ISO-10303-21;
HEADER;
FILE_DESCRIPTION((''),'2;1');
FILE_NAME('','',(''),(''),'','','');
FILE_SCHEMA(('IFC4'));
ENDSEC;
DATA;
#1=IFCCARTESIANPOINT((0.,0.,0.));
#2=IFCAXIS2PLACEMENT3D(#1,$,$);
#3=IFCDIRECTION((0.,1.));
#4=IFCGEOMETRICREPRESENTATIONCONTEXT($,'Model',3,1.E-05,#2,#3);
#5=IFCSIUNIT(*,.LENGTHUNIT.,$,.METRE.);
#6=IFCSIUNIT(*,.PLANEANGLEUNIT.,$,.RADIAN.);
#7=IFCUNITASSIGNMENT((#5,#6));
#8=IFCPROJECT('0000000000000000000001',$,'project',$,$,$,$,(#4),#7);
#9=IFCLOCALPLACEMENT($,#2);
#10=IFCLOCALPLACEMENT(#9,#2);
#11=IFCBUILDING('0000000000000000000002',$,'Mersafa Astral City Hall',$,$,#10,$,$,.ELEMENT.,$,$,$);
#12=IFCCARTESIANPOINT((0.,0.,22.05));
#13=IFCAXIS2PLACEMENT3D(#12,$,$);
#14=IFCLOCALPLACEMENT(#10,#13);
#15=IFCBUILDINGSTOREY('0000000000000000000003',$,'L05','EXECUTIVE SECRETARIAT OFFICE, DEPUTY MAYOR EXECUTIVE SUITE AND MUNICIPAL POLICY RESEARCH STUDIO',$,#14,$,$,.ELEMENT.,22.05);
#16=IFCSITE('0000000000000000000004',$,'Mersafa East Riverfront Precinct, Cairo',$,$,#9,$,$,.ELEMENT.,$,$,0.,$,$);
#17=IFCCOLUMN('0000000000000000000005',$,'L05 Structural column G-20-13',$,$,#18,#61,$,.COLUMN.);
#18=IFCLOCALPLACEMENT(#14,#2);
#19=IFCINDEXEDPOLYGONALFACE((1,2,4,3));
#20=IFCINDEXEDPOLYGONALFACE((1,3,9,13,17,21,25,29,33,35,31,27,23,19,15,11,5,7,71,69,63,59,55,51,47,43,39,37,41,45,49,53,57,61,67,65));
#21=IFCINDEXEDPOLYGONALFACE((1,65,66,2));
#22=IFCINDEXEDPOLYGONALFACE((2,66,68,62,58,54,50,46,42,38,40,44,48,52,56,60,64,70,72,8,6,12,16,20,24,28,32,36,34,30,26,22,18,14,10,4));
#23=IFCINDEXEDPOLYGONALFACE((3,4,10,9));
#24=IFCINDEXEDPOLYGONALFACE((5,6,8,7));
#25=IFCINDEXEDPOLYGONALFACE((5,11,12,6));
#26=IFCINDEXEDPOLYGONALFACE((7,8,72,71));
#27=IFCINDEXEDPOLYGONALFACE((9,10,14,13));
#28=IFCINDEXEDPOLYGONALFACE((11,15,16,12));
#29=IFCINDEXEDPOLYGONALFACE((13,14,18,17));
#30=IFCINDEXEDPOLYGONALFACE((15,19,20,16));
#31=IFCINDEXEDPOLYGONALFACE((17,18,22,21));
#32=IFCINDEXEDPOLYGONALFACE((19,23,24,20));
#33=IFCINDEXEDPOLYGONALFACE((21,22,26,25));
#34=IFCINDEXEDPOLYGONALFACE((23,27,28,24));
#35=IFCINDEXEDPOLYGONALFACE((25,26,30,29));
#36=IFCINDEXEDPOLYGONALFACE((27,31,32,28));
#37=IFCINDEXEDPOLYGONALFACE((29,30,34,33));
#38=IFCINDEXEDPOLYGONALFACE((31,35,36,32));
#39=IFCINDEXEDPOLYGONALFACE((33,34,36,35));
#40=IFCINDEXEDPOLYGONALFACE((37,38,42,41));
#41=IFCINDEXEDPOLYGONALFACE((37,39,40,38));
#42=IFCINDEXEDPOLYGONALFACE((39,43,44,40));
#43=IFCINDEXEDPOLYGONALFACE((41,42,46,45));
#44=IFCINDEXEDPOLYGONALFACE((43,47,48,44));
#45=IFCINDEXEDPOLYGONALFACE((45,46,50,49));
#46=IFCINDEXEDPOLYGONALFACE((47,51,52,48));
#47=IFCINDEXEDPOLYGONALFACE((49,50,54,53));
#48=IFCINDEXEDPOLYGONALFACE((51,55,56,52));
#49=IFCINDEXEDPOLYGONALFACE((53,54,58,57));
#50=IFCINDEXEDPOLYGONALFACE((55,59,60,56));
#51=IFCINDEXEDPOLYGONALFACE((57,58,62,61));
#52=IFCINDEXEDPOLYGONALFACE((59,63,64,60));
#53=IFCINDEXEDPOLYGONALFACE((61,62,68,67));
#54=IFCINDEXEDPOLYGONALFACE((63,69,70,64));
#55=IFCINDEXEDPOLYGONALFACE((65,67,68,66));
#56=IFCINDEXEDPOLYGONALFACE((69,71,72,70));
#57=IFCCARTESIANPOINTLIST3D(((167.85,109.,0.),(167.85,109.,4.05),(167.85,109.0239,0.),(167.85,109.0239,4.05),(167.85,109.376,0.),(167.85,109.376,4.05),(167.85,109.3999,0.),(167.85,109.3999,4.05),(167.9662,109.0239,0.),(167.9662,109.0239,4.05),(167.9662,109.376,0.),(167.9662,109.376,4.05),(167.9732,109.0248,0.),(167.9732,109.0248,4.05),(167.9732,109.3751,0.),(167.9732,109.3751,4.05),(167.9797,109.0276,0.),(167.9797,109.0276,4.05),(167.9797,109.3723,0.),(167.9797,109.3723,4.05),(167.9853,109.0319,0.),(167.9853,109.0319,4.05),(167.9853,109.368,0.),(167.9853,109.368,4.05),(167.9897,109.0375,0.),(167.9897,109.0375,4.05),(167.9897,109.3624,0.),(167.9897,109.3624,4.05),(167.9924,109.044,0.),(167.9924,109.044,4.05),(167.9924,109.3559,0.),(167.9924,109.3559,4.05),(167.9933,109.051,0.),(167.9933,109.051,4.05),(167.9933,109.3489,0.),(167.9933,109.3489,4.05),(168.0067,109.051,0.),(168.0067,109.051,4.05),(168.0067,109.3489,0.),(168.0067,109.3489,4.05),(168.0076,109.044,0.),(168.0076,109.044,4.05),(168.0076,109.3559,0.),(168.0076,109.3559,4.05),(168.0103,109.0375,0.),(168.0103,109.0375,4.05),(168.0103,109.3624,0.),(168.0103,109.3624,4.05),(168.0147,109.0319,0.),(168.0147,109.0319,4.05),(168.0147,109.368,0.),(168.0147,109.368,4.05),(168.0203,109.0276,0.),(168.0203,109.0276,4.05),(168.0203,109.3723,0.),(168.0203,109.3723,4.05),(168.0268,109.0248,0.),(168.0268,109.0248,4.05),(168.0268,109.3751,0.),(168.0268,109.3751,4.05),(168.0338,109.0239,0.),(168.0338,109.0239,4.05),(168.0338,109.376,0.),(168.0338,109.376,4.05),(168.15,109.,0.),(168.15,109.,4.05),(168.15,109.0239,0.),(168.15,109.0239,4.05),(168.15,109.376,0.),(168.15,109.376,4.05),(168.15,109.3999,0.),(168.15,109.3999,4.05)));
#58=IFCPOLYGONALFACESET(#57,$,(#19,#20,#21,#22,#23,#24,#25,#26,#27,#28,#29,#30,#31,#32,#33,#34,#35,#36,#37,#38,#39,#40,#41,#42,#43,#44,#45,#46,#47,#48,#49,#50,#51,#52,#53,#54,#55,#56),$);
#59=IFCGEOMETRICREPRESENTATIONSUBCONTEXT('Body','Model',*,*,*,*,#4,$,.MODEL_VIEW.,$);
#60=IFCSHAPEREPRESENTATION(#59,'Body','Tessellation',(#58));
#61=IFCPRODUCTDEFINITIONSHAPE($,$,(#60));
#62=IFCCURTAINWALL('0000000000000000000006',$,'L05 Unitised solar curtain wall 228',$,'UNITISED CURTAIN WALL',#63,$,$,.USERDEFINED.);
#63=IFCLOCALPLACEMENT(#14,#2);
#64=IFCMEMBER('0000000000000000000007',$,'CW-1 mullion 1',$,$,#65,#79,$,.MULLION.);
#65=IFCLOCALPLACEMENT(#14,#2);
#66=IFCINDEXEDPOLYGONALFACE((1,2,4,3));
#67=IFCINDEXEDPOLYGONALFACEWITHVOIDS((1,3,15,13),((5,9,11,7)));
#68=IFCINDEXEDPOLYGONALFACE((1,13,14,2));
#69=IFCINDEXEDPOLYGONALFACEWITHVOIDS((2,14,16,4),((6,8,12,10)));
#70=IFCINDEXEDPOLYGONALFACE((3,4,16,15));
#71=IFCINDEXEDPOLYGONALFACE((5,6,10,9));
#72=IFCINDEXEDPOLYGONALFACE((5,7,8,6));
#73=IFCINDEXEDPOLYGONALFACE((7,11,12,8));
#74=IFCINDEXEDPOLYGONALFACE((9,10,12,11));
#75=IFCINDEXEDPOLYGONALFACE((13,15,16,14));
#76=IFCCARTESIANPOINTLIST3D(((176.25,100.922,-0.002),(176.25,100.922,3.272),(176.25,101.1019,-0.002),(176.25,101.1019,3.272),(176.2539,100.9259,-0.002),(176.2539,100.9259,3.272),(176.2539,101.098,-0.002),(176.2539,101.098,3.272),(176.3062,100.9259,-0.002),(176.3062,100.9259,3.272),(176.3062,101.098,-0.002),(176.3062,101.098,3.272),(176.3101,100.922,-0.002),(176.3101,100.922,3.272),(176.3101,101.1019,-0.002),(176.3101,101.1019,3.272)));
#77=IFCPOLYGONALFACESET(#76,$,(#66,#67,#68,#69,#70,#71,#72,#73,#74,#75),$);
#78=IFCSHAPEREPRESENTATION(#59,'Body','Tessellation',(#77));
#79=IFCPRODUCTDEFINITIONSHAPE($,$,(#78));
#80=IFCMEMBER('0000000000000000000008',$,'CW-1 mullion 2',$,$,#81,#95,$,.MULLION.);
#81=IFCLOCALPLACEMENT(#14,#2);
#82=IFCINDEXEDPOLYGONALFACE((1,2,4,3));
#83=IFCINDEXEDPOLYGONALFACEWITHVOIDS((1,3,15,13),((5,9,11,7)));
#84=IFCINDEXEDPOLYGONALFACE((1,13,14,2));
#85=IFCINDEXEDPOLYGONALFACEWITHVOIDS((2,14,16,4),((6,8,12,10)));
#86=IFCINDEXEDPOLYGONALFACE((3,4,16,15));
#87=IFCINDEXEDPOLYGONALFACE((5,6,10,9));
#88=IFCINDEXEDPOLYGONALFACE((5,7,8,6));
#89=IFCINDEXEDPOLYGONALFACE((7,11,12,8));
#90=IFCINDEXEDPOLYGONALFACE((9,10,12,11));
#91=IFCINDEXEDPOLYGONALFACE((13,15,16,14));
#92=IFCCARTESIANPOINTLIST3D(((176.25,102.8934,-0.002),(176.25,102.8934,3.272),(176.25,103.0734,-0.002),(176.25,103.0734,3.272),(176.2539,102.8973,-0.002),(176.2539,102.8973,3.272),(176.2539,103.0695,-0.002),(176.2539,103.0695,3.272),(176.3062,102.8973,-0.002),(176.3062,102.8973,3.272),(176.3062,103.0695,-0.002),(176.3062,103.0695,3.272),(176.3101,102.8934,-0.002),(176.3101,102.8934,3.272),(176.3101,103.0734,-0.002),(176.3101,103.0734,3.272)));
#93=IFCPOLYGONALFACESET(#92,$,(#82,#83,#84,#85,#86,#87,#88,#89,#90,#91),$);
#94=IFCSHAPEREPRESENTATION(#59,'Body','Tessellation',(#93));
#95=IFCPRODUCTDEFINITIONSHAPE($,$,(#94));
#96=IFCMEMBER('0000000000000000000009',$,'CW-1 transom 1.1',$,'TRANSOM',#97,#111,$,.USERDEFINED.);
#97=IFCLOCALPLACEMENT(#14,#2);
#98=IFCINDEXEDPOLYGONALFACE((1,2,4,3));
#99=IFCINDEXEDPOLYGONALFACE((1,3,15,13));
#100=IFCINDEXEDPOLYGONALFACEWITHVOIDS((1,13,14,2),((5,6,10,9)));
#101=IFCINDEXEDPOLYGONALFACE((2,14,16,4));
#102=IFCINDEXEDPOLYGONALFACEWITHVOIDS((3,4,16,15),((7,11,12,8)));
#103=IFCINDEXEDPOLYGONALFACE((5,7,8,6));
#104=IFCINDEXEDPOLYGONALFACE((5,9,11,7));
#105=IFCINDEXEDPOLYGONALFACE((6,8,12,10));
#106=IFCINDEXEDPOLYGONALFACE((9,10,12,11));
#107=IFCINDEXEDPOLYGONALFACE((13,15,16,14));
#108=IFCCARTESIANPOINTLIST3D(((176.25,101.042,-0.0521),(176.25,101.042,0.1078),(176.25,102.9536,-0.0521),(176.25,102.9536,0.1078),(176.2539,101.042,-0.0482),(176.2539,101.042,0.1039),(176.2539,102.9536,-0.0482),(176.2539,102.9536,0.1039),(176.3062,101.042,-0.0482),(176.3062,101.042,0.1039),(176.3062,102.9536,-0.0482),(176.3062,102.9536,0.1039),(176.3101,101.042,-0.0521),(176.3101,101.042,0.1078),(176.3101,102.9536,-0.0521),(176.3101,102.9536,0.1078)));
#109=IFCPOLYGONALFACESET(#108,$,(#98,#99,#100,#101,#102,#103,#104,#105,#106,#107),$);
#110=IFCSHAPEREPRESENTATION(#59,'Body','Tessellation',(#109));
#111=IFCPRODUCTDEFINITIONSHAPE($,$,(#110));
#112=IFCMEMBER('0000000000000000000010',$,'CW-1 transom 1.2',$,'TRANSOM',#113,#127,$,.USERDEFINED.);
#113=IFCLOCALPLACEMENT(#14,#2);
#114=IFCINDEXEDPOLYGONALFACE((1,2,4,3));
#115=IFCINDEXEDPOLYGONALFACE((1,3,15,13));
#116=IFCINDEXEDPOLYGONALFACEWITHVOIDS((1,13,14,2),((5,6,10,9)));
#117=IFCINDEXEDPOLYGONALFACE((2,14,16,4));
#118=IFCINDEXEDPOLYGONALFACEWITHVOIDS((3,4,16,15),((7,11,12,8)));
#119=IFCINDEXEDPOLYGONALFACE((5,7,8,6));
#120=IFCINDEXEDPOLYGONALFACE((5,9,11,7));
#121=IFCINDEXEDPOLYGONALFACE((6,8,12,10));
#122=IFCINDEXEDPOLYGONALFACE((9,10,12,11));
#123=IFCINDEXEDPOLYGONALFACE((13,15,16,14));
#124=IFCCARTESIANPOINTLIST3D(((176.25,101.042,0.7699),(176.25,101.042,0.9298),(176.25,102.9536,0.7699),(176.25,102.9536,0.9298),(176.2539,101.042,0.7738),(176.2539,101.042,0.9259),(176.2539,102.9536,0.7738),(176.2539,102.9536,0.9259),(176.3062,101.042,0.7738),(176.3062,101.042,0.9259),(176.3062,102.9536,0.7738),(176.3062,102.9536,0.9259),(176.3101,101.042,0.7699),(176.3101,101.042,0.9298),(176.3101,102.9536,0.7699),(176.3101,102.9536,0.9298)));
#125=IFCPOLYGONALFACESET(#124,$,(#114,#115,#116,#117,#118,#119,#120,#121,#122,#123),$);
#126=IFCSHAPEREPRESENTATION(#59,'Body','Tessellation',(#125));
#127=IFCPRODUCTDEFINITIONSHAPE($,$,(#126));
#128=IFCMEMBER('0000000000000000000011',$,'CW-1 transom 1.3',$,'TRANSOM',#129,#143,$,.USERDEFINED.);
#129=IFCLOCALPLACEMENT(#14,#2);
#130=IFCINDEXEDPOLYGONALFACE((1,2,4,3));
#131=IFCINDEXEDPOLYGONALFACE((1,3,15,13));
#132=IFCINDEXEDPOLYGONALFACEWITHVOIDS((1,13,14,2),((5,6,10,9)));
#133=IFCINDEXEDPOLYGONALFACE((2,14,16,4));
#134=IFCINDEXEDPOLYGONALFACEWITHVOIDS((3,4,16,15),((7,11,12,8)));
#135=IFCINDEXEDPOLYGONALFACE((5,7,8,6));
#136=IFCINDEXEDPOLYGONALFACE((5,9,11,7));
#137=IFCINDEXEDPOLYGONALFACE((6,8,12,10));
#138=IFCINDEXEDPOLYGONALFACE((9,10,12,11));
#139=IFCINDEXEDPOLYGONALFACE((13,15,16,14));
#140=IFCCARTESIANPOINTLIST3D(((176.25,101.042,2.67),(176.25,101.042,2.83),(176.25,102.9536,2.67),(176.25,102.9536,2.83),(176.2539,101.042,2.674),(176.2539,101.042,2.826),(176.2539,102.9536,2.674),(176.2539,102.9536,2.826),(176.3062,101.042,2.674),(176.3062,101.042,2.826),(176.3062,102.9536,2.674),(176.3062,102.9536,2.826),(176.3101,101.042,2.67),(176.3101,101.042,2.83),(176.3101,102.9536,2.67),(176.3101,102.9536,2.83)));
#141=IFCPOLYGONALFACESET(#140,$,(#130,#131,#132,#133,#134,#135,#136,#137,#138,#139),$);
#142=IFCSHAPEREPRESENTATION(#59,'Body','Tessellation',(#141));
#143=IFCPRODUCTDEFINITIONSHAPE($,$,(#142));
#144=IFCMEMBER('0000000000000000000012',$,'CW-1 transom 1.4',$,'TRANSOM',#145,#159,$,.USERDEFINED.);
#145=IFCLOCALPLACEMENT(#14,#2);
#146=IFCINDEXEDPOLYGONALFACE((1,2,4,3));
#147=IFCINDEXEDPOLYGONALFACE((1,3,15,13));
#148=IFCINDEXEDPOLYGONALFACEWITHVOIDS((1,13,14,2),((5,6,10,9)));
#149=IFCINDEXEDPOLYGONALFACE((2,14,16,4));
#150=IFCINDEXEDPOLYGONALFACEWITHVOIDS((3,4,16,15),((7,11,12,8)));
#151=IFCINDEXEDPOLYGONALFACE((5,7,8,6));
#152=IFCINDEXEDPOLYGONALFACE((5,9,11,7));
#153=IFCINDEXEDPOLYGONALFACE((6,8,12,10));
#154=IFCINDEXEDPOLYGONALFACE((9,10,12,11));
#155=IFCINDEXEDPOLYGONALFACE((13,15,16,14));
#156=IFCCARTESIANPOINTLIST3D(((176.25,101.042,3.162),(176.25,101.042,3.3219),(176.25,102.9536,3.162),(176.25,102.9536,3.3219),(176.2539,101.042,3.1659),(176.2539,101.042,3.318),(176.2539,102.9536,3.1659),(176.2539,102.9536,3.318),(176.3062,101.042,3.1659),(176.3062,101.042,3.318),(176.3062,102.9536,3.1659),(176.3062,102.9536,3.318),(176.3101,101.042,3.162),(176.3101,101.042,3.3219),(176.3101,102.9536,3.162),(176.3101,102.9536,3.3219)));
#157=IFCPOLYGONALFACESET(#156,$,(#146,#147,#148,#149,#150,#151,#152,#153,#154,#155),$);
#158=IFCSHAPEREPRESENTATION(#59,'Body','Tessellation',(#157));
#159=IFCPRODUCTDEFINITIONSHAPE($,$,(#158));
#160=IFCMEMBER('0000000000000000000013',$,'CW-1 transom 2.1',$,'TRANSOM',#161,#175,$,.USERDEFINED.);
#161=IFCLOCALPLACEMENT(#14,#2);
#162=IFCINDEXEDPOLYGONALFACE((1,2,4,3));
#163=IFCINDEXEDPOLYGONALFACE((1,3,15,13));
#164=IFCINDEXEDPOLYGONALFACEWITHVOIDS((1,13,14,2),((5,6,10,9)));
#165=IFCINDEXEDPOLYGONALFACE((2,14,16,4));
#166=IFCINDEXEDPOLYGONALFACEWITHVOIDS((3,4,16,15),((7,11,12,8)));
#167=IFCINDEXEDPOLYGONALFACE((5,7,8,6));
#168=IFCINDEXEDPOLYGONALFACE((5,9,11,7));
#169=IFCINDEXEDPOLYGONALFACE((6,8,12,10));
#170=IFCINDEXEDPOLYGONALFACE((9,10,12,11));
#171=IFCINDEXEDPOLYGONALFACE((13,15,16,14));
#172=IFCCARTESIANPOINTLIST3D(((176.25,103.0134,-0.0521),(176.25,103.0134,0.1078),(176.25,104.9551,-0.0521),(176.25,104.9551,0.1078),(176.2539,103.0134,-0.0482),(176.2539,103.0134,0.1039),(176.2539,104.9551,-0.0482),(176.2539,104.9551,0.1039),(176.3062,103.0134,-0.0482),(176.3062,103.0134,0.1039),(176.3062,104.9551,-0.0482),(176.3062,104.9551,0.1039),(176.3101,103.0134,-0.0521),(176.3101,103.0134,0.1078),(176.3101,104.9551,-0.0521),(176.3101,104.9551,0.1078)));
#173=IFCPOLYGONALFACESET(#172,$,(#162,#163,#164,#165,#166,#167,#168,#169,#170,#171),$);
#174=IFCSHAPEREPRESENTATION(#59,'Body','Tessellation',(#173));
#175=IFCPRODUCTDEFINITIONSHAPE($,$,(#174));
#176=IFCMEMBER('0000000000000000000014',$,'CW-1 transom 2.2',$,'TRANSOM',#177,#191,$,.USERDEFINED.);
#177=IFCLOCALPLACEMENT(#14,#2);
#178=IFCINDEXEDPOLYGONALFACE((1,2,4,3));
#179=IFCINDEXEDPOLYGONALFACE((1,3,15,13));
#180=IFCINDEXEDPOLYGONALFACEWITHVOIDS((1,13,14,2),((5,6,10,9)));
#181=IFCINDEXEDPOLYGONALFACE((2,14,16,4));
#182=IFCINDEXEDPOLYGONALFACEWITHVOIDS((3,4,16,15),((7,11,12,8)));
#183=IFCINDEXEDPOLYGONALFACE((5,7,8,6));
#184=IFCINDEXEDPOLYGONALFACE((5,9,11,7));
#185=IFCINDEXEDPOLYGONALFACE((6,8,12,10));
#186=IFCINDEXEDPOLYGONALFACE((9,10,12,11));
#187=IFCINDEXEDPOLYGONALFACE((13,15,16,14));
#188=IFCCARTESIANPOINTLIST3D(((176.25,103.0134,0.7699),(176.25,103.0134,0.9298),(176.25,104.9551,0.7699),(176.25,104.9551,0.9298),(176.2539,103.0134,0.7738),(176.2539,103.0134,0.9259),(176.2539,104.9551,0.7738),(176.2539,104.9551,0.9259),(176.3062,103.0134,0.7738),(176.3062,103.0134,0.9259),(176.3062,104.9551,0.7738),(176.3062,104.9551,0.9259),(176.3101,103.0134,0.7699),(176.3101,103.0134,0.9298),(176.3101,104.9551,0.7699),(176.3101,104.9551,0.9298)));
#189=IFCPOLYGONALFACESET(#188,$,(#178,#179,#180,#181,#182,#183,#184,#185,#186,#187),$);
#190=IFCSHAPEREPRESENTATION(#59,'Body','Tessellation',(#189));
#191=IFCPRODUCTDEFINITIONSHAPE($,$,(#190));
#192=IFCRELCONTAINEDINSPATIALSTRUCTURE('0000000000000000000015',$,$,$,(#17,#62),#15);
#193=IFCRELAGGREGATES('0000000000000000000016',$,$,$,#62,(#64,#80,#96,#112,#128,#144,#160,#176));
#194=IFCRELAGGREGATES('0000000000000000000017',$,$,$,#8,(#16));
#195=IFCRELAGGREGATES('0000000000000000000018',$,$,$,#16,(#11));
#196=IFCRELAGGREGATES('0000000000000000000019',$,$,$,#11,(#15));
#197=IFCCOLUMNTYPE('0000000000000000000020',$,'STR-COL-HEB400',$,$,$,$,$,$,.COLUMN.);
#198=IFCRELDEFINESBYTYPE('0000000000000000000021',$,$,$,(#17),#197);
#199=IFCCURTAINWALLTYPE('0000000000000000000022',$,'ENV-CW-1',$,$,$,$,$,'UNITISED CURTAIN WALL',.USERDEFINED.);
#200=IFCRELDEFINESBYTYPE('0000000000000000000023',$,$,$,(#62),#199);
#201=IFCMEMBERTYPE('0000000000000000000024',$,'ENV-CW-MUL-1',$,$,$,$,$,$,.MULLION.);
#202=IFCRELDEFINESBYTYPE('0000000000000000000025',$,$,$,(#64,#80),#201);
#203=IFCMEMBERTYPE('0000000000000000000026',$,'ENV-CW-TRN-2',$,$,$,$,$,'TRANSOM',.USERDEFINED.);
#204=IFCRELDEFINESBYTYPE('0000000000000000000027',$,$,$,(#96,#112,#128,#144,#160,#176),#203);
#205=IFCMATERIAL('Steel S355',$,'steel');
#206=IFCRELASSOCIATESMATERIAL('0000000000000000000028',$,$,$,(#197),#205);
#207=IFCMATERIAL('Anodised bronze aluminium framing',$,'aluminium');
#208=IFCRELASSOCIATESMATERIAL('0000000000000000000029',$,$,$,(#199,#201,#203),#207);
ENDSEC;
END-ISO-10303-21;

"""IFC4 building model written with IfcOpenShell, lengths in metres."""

from ifc_helpers import new_model, si_unit, direction, frame, origin, origin_2d, place, context, subcontext, project, spatial, hollow_rectangle, i_section, extrude, material, material_profile, profile_set, type_object, element, aggregate, save


model = new_model("IFC4")

# Units and contexts
model_context = context("Model", 3, precision=1e-05, world=origin(), true_north=direction((0.0, 1.0)))
body_context = subcontext(model_context, "Body", "Model", "MODEL_VIEW")
ifc_project = project(units=[si_unit("LENGTHUNIT", "METRE"), si_unit("PLANEANGLEUNIT", "RADIAN")], contexts=[model_context])

# Site, building, storey
site_placement = place(None, origin())
site = spatial("IfcSite", under=ifc_project, at=site_placement, Name="Mersafa East Riverfront Precinct, Cairo", CompositionType="ELEMENT", RefElevation=0.0)
building_placement = place(site_placement, origin())
building = spatial("IfcBuilding", under=site, at=building_placement, Name="Mersafa Astral City Hall", CompositionType="ELEMENT")
storey_placement = place(building_placement, frame((0.0, 0.0, 22.05)))
storey = spatial("IfcBuildingStorey", under=building, at=storey_placement, Name="L05", Description="EXECUTIVE SECRETARIAT OFFICE, DEPUTY MAYOR EXECUTIVE SUITE AND MUNICIPAL POLICY RESEARCH STUDIO", CompositionType="ELEMENT", Elevation=22.05)

# Column
ifc_material_1 = material(Name="Steel S355", Category="steel")
ifc_material_profile_1 = material_profile(ifc_material_1, i_section(OverallWidth=0.3, OverallDepth=0.3999, WebThickness=0.0134, FlangeThickness=0.0239, FilletRadius=0.0271, at=origin_2d()), Name="HEB 400")
ifc_profile_set_1 = profile_set([ifc_material_profile_1], Name="Steel S355")
column_type = type_object("IfcColumnType", Name="STR-COL-HEB400", PredefinedType="COLUMN", material=ifc_profile_set_1)
column_placement = place(storey_placement, frame((168.0, 109.2, 0.0), z_axis=(0.0, 0.0, 1.0), x_axis=(1.0, 0.0, 0.0)))
element("IfcColumn", 1, at=column_placement, inside=storey, type_object=column_type, Name="L05 Structural column G-20-13", PredefinedType="COLUMN", context=body_context, shape_type="SweptSolid", body=[
    extrude(i_section(OverallWidth=0.3, OverallDepth=0.3999, WebThickness=0.0134, FlangeThickness=0.0239, FilletRadius=0.0271, at=origin_2d()), origin(), (0.0, 0.0, 1.0), 4.05),
])

# Curtain wall, members
ifc_material_2 = material(Name="Anodised bronze aluminium framing", Category="aluminium")
curtain_wall_type = type_object("IfcCurtainWallType", Name="ENV-CW-1", ElementType="UNITISED CURTAIN WALL", PredefinedType="USERDEFINED", material=ifc_material_2)
curtain_wall_placement = place(storey_placement, origin())
curtain_wall = element("IfcCurtainWall", 2, at=curtain_wall_placement, inside=storey, type_object=curtain_wall_type, Name="L05 Unitised solar curtain wall 228", ObjectType="UNITISED CURTAIN WALL", PredefinedType="USERDEFINED")
ifc_material_profile_2 = material_profile(ifc_material_2, hollow_rectangle(XDim=0.0601, YDim=0.1799, WallThickness=0.0039, at=origin_2d()), Name="RHS 60x180x4")
ifc_profile_set_2 = profile_set([ifc_material_profile_2], Name="Anodised bronze aluminium framing")
member_type_1 = type_object("IfcMemberType", Name="ENV-CW-MUL-1", PredefinedType="MULLION", material=ifc_profile_set_2)
member_1_placement = place(storey_placement, frame((176.28, 101.012, -0.002), z_axis=(0.0, 0.0, 1.0), x_axis=(-1.0, 0.0, 0.0)))
member_1 = element("IfcMember", 3, at=member_1_placement, type_object=member_type_1, Name="CW-1 mullion 1", PredefinedType="MULLION", context=body_context, shape_type="SweptSolid", body=[
    extrude(hollow_rectangle(XDim=0.0601, YDim=0.1799, WallThickness=0.0039, at=origin_2d()), origin(), (0.0, 0.0, 1.0), 3.2739),
])
member_2_placement = place(storey_placement, frame((176.28, 102.9834, -0.002), z_axis=(0.0, 0.0, 1.0), x_axis=(-1.0, 0.0, 0.0)))
member_2 = element("IfcMember", 4, at=member_2_placement, type_object=member_type_1, Name="CW-1 mullion 2", PredefinedType="MULLION", context=body_context, shape_type="SweptSolid", body=[
    extrude(hollow_rectangle(XDim=0.0601, YDim=0.1799, WallThickness=0.0039, at=origin_2d()), origin(), (0.0, 0.0, 1.0), 3.2739),
])
ifc_material_profile_3 = material_profile(ifc_material_2, hollow_rectangle(XDim=0.0601, YDim=0.1599, WallThickness=0.0039, at=origin_2d()), Name="RHS 60x160x4")
ifc_profile_set_3 = profile_set([ifc_material_profile_3], Name="Anodised bronze aluminium framing")
member_type_2 = type_object("IfcMemberType", Name="ENV-CW-TRN-2", ElementType="TRANSOM", PredefinedType="USERDEFINED", material=ifc_profile_set_3)
member_3_placement = place(storey_placement, frame((176.28, 101.042, 0.0278), z_axis=(0.0, 1.0, 0.0), x_axis=(-1.0, 0.0, 0.0)))
member_3 = element("IfcMember", 5, at=member_3_placement, type_object=member_type_2, Name="CW-1 transom 1.1", ObjectType="TRANSOM", PredefinedType="USERDEFINED", context=body_context, shape_type="SweptSolid", body=[
    extrude(hollow_rectangle(XDim=0.0601, YDim=0.1599, WallThickness=0.0039, at=origin_2d()), origin(), (0.0, 0.0, 1.0), 1.9116),
])
member_4_placement = place(storey_placement, frame((176.28, 101.042, 0.8499), z_axis=(0.0, 1.0, 0.0), x_axis=(-1.0, 0.0, 0.0)))
member_4 = element("IfcMember", 6, at=member_4_placement, type_object=member_type_2, Name="CW-1 transom 1.2", ObjectType="TRANSOM", PredefinedType="USERDEFINED", context=body_context, shape_type="SweptSolid", body=[
    extrude(hollow_rectangle(XDim=0.0601, YDim=0.1599, WallThickness=0.0039, at=origin_2d()), origin(), (0.0, 0.0, 1.0), 1.9116),
])
member_5_placement = place(storey_placement, frame((176.28, 101.042, 2.75), z_axis=(0.0, 1.0, 0.0), x_axis=(-1.0, 0.0, 0.0)))
member_5 = element("IfcMember", 7, at=member_5_placement, type_object=member_type_2, Name="CW-1 transom 1.3", ObjectType="TRANSOM", PredefinedType="USERDEFINED", context=body_context, shape_type="SweptSolid", body=[
    extrude(hollow_rectangle(XDim=0.0601, YDim=0.1599, WallThickness=0.0039, at=origin_2d()), origin(), (0.0, 0.0, 1.0), 1.9116),
])
member_6_placement = place(storey_placement, frame((176.28, 101.042, 3.2419), z_axis=(0.0, 1.0, 0.0), x_axis=(-1.0, 0.0, 0.0)))
member_6 = element("IfcMember", 8, at=member_6_placement, type_object=member_type_2, Name="CW-1 transom 1.4", ObjectType="TRANSOM", PredefinedType="USERDEFINED", context=body_context, shape_type="SweptSolid", body=[
    extrude(hollow_rectangle(XDim=0.0601, YDim=0.1599, WallThickness=0.0039, at=origin_2d()), origin(), (0.0, 0.0, 1.0), 1.9116),
])
member_7_placement = place(storey_placement, frame((176.28, 103.0134, 0.0278), z_axis=(0.0, 1.0, 0.0), x_axis=(-1.0, 0.0, 0.0)))
member_7 = element("IfcMember", 9, at=member_7_placement, type_object=member_type_2, Name="CW-1 transom 2.1", ObjectType="TRANSOM", PredefinedType="USERDEFINED", context=body_context, shape_type="SweptSolid", body=[
    extrude(hollow_rectangle(XDim=0.0601, YDim=0.1599, WallThickness=0.0039, at=origin_2d()), origin(), (0.0, 0.0, 1.0), 1.9417),
])
member_8_placement = place(storey_placement, frame((176.28, 103.0134, 0.8499), z_axis=(0.0, 1.0, 0.0), x_axis=(-1.0, 0.0, 0.0)))
member_8 = element("IfcMember", 10, at=member_8_placement, type_object=member_type_2, Name="CW-1 transom 2.2", ObjectType="TRANSOM", PredefinedType="USERDEFINED", context=body_context, shape_type="SweptSolid", body=[
    extrude(hollow_rectangle(XDim=0.0601, YDim=0.1599, WallThickness=0.0039, at=origin_2d()), origin(), (0.0, 0.0, 1.0), 1.9417),
])

aggregate(curtain_wall, [member_1, member_2, member_3, member_4, member_5, member_6, member_7, member_8])

save(model, "model.ifc")
